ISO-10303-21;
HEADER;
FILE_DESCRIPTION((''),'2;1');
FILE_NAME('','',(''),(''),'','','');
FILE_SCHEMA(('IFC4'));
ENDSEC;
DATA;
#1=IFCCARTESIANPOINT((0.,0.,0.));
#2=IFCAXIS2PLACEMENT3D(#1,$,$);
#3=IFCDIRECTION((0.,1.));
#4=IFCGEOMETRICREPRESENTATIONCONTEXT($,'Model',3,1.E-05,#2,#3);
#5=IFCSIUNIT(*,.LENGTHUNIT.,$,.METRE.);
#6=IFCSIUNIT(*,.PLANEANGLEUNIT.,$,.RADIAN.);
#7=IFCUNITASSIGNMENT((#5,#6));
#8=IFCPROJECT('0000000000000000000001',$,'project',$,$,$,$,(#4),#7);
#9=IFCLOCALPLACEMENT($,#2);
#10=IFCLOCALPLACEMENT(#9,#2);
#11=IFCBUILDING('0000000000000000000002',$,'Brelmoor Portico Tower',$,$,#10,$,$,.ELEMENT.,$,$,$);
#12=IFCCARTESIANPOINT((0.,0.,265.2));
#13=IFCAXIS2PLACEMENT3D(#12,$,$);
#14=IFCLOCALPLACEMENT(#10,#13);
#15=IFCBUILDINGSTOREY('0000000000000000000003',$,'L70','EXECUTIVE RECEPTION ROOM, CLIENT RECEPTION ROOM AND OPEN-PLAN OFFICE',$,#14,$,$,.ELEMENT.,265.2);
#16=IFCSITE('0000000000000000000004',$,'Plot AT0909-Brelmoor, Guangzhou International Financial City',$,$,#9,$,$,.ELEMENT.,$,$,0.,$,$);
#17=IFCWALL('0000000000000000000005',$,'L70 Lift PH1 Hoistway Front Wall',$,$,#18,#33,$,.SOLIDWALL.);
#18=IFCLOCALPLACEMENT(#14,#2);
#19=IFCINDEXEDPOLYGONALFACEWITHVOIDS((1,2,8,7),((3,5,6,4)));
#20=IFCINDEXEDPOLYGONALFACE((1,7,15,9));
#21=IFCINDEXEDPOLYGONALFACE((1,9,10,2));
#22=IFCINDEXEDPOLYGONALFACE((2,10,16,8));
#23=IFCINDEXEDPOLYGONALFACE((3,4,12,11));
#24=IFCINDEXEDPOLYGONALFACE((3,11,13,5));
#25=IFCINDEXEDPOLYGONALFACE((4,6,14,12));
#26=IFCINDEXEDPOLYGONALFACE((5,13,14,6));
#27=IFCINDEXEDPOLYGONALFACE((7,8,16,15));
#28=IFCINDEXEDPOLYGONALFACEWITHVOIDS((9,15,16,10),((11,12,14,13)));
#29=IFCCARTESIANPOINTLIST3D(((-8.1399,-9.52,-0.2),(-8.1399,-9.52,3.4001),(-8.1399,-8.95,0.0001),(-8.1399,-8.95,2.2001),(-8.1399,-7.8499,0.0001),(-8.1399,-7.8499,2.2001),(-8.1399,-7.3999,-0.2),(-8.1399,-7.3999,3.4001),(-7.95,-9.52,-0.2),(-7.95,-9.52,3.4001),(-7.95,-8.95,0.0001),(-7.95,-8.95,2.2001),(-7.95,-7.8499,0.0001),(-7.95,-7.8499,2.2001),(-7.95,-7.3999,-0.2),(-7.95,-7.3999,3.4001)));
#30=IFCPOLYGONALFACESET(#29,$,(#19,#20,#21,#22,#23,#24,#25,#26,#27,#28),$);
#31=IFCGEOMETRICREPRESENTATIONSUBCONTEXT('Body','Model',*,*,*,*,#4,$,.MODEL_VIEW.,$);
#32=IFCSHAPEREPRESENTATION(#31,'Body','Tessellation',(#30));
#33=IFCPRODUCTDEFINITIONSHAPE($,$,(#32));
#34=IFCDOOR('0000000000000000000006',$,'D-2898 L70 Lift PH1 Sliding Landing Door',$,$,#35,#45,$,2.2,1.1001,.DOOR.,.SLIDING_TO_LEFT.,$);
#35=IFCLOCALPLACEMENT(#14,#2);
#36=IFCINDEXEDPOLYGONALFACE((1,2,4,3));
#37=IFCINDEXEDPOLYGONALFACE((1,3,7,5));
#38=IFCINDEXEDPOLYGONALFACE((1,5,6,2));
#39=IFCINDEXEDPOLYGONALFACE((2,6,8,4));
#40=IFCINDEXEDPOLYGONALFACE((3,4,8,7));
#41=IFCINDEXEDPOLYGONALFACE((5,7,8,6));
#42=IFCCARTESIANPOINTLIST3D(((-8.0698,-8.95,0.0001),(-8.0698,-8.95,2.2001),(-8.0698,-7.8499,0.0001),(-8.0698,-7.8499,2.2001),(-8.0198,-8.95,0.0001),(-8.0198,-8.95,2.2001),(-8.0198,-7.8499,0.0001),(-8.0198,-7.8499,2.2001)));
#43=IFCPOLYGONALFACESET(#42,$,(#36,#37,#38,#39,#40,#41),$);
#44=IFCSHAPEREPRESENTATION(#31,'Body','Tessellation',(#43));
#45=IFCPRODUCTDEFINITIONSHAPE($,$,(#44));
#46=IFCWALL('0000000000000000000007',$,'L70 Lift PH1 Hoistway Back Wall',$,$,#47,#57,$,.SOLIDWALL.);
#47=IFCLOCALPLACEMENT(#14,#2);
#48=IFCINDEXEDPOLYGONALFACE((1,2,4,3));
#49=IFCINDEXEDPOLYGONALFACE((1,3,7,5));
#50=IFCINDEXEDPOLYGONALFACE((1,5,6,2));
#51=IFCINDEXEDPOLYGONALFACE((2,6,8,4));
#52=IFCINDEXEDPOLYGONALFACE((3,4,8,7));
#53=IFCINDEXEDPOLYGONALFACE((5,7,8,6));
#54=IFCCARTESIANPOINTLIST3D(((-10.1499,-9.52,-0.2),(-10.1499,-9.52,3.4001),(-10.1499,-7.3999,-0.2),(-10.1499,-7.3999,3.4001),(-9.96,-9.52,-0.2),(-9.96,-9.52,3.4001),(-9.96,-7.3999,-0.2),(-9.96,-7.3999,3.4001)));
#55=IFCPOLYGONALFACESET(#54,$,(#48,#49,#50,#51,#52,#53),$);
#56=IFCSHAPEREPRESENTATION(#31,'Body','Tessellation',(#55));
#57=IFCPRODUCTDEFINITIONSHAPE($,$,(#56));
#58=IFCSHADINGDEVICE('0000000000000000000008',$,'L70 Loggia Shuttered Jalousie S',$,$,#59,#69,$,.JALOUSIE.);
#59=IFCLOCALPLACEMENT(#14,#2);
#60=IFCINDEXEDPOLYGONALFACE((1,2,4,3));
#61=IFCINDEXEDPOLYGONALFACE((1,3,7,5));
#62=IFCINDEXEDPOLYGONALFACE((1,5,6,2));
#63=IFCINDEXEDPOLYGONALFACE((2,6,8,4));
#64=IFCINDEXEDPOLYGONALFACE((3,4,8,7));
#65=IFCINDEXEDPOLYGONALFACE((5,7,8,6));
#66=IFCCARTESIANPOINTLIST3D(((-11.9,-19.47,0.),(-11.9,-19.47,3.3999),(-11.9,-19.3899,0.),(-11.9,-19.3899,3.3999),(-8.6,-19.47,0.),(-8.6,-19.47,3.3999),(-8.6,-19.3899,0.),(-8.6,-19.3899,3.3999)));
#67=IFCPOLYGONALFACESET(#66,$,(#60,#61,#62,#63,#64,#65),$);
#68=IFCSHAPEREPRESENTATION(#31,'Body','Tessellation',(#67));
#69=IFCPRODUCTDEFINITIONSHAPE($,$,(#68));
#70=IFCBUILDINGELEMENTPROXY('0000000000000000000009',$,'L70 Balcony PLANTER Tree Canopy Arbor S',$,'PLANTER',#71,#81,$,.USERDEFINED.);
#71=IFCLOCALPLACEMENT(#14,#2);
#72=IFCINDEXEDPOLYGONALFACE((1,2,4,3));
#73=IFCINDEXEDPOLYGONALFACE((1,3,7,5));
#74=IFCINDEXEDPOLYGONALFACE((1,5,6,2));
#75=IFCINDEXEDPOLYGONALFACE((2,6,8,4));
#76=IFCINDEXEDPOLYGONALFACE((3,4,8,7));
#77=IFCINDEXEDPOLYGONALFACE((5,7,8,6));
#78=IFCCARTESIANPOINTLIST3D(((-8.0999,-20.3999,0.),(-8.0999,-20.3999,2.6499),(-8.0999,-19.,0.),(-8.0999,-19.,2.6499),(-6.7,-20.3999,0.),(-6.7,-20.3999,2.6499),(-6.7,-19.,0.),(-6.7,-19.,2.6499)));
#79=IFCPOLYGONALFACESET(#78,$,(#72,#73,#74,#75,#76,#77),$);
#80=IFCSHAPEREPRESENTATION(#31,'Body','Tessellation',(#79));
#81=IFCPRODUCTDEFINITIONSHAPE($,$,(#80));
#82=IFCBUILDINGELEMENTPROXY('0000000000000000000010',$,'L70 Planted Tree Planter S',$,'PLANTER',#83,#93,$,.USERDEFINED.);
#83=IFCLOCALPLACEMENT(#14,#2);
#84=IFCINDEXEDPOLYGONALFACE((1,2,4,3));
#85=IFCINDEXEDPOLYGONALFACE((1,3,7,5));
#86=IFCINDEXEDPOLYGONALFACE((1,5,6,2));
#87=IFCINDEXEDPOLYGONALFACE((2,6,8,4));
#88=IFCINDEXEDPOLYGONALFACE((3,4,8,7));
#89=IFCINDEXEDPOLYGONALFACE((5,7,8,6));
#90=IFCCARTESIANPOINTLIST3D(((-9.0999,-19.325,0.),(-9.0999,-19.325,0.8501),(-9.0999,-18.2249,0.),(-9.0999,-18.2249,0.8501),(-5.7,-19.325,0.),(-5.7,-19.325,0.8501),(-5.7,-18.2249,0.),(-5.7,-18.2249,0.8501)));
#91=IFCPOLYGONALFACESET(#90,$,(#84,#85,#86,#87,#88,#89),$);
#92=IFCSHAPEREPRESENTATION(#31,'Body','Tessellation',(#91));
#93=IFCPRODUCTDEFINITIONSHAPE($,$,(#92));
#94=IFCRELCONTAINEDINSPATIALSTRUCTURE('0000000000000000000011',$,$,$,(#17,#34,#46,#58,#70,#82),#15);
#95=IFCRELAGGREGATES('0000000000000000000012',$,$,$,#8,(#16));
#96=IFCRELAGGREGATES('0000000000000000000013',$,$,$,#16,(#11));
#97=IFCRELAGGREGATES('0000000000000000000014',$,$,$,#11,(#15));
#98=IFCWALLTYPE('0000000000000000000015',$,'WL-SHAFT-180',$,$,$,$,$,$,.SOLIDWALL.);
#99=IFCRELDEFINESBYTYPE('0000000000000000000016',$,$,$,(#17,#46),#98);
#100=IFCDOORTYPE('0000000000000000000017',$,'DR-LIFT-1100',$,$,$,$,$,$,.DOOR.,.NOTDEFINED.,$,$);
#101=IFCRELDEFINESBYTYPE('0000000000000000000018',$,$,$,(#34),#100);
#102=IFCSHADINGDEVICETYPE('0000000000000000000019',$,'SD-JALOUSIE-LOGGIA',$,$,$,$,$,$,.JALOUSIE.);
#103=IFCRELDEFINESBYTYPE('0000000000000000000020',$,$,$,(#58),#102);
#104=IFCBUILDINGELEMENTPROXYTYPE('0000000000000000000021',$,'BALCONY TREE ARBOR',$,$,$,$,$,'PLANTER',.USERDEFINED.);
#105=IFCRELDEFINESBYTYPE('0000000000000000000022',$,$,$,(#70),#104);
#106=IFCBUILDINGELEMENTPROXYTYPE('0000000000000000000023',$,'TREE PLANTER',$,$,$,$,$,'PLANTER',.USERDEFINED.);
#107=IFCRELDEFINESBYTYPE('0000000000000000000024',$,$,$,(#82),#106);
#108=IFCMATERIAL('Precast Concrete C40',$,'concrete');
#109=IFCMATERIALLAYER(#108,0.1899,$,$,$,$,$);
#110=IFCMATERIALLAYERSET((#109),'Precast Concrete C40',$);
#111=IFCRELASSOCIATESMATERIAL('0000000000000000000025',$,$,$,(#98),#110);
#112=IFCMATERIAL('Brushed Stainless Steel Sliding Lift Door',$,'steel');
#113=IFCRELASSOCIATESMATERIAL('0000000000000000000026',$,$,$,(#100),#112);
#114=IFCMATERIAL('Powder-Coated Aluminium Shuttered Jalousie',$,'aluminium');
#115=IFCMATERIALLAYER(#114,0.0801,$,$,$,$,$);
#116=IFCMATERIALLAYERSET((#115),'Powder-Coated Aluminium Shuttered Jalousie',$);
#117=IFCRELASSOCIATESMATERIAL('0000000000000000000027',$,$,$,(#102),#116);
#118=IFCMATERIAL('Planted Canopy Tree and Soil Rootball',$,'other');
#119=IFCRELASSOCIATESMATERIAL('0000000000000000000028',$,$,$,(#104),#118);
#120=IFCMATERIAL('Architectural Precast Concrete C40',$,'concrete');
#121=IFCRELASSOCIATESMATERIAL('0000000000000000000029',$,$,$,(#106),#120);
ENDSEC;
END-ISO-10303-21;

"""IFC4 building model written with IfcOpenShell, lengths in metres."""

from ifc_helpers import new_model, si_unit, direction, frame, frame_2d, origin, origin_2d, place, context, subcontext, project, spatial, rectangle, extrude, material, layer, layer_set, type_object, element, fill, save


model = new_model("IFC4")

# Units and contexts
model_context = context("Model", 3, precision=1e-05, world=origin(), true_north=direction((0.0, 1.0)))
body_context = subcontext(model_context, "Body", "Model", "MODEL_VIEW")
ifc_project = project(units=[si_unit("LENGTHUNIT", "METRE"), si_unit("PLANEANGLEUNIT", "RADIAN")], contexts=[model_context])

# Site, building, storey
site_placement = place(None, origin())
site = spatial("IfcSite", under=ifc_project, at=site_placement, Name="Plot AT0909-Brelmoor, Guangzhou International Financial City", CompositionType="ELEMENT", RefElevation=0.0)
building_placement = place(site_placement, origin())
building = spatial("IfcBuilding", under=site, at=building_placement, Name="Brelmoor Portico Tower", CompositionType="ELEMENT")
storey_placement = place(building_placement, frame((0.0, 0.0, 265.2)))
storey = spatial("IfcBuildingStorey", under=building, at=storey_placement, Name="L70", Description="EXECUTIVE RECEPTION ROOM, CLIENT RECEPTION ROOM AND OPEN-PLAN OFFICE", CompositionType="ELEMENT", Elevation=265.2)

# Wall, opening, door
ifc_material_1 = material(Name="Precast Concrete C40", Category="concrete")
ifc_layer_1 = layer(ifc_material_1, 0.1899)
ifc_layer_set_1 = layer_set([ifc_layer_1], Name="Precast Concrete C40")
wall_type_1 = type_object("IfcWallType", Name="WL-SHAFT-180", PredefinedType="SOLIDWALL", material=ifc_layer_set_1)
wall_1_placement = place(storey_placement, frame((-8.0449, -9.52, -0.2), z_axis=(0.0, 0.0, 1.0), x_axis=(0.0, 1.0, 0.0)))
wall_1 = element("IfcWall", 1, at=wall_1_placement, inside=storey, type_object=wall_type_1, Name="L70 Lift PH1 Hoistway Front Wall", PredefinedType="SOLIDWALL", context=body_context, shape_type="SweptSolid", body=[
    extrude(rectangle(XDim=2.1201, YDim=0.1899, at=frame_2d((1.0601, 0.0))), origin(), (0.0, 0.0, 1.0), 3.6001),
])
opening_1_placement = place(wall_1_placement, frame((0.5701, 0.0, 0.2)))
opening_1 = element("IfcOpeningElement", 2, at=opening_1_placement, cuts=wall_1, PredefinedType="OPENING", context=body_context, shape_type="SweptSolid", body=[
    extrude(rectangle(XDim=1.1001, YDim=2.2, at=frame_2d((0.55, 1.1001))), frame((0.0, 0.105, 0.0), z_axis=(0.0, -1.0, 0.0), x_axis=(1.0, 0.0, 0.0)), (0.0, 0.0, 1.0), 0.21),
])
ifc_material_2 = material(Name="Brushed Stainless Steel Sliding Lift Door", Category="steel")
door_type_1 = type_object("IfcDoorType", Name="DR-LIFT-1100", OperationType="NOTDEFINED", PredefinedType="DOOR", material=ifc_material_2)
door_1_placement = place(opening_1_placement, origin())
door_1 = element("IfcDoor", 3, at=door_1_placement, inside=storey, type_object=door_type_1, Name="D-2898 L70 Lift PH1 Sliding Landing Door", OperationType="SLIDING_TO_LEFT", OverallHeight=2.2, OverallWidth=1.1001, PredefinedType="DOOR", context=body_context, shape_type="SweptSolid", body=[
    extrude(rectangle(XDim=1.1001, YDim=2.2, at=frame_2d((0.55, 1.1001))), frame((0.0, 0.0249, 0.0), z_axis=(0.0, -1.0, 0.0), x_axis=(1.0, 0.0, 0.0)), (0.0, 0.0, 1.0), 0.05),
])
fill(opening_1, door_1)

# Wall
wall_2_placement = place(storey_placement, frame((-10.0549, -9.52, -0.2), z_axis=(0.0, 0.0, 1.0), x_axis=(0.0, 1.0, 0.0)))
element("IfcWall", 4, at=wall_2_placement, inside=storey, type_object=wall_type_1, Name="L70 Lift PH1 Hoistway Back Wall", PredefinedType="SOLIDWALL", context=body_context, shape_type="SweptSolid", body=[
    extrude(rectangle(XDim=2.1201, YDim=0.1899, at=frame_2d((1.0601, 0.0))), origin(), (0.0, 0.0, 1.0), 3.6001),
])

# Shading device
ifc_material_3 = material(Name="Powder-Coated Aluminium Shuttered Jalousie", Category="aluminium")
ifc_layer_2 = layer(ifc_material_3, 0.0801)
ifc_layer_set_2 = layer_set([ifc_layer_2], Name="Powder-Coated Aluminium Shuttered Jalousie")
shading_device_type = type_object("IfcShadingDeviceType", Name="SD-JALOUSIE-LOGGIA", PredefinedType="JALOUSIE", material=ifc_layer_set_2)
shading_device_placement = place(storey_placement, frame((-10.25, -19.4299, 0.0), z_axis=(0.0, 0.0, 1.0), x_axis=(1.0, 0.0, 0.0)))
element("IfcShadingDevice", 5, at=shading_device_placement, inside=storey, type_object=shading_device_type, Name="L70 Loggia Shuttered Jalousie S", PredefinedType="JALOUSIE", context=body_context, shape_type="SweptSolid", body=[
    extrude(rectangle(XDim=3.3, YDim=0.0801, at=origin_2d()), origin(), (0.0, 0.0, 1.0), 3.3999),
])

# Building element proxies
ifc_material_4 = material(Name="Planted Canopy Tree and Soil Rootball", Category="other")
building_element_proxy_type_1 = type_object("IfcBuildingElementProxyType", Name="BALCONY TREE ARBOR", ElementType="PLANTER", PredefinedType="USERDEFINED", material=ifc_material_4)
proxy_1_placement = place(storey_placement, frame((-7.3999, -19.7, 0.0), z_axis=(0.0, 0.0, 1.0), x_axis=(1.0, 0.0, 0.0)))
element("IfcBuildingElementProxy", 6, at=proxy_1_placement, inside=storey, type_object=building_element_proxy_type_1, Name="L70 Balcony PLANTER Tree Canopy Arbor S", ObjectType="PLANTER", PredefinedType="USERDEFINED", context=body_context, shape_type="SweptSolid", body=[
    extrude(rectangle(XDim=1.3999, YDim=1.3999, at=origin_2d()), origin(), (0.0, 0.0, 1.0), 2.6499),
])
ifc_material_5 = material(Name="Architectural Precast Concrete C40", Category="concrete")
building_element_proxy_type_2 = type_object("IfcBuildingElementProxyType", Name="TREE PLANTER", ElementType="PLANTER", PredefinedType="USERDEFINED", material=ifc_material_5)
proxy_2_placement = place(storey_placement, frame((-7.3999, -18.7749, 0.0), z_axis=(0.0, 0.0, 1.0), x_axis=(1.0, 0.0, 0.0)))
element("IfcBuildingElementProxy", 7, at=proxy_2_placement, inside=storey, type_object=building_element_proxy_type_2, Name="L70 Planted Tree Planter S", ObjectType="PLANTER", PredefinedType="USERDEFINED", context=body_context, shape_type="SweptSolid", body=[
    extrude(rectangle(XDim=3.3999, YDim=1.1001, at=origin_2d()), origin(), (0.0, 0.0, 1.0), 0.8501),
])

save(model, "model.ifc")
